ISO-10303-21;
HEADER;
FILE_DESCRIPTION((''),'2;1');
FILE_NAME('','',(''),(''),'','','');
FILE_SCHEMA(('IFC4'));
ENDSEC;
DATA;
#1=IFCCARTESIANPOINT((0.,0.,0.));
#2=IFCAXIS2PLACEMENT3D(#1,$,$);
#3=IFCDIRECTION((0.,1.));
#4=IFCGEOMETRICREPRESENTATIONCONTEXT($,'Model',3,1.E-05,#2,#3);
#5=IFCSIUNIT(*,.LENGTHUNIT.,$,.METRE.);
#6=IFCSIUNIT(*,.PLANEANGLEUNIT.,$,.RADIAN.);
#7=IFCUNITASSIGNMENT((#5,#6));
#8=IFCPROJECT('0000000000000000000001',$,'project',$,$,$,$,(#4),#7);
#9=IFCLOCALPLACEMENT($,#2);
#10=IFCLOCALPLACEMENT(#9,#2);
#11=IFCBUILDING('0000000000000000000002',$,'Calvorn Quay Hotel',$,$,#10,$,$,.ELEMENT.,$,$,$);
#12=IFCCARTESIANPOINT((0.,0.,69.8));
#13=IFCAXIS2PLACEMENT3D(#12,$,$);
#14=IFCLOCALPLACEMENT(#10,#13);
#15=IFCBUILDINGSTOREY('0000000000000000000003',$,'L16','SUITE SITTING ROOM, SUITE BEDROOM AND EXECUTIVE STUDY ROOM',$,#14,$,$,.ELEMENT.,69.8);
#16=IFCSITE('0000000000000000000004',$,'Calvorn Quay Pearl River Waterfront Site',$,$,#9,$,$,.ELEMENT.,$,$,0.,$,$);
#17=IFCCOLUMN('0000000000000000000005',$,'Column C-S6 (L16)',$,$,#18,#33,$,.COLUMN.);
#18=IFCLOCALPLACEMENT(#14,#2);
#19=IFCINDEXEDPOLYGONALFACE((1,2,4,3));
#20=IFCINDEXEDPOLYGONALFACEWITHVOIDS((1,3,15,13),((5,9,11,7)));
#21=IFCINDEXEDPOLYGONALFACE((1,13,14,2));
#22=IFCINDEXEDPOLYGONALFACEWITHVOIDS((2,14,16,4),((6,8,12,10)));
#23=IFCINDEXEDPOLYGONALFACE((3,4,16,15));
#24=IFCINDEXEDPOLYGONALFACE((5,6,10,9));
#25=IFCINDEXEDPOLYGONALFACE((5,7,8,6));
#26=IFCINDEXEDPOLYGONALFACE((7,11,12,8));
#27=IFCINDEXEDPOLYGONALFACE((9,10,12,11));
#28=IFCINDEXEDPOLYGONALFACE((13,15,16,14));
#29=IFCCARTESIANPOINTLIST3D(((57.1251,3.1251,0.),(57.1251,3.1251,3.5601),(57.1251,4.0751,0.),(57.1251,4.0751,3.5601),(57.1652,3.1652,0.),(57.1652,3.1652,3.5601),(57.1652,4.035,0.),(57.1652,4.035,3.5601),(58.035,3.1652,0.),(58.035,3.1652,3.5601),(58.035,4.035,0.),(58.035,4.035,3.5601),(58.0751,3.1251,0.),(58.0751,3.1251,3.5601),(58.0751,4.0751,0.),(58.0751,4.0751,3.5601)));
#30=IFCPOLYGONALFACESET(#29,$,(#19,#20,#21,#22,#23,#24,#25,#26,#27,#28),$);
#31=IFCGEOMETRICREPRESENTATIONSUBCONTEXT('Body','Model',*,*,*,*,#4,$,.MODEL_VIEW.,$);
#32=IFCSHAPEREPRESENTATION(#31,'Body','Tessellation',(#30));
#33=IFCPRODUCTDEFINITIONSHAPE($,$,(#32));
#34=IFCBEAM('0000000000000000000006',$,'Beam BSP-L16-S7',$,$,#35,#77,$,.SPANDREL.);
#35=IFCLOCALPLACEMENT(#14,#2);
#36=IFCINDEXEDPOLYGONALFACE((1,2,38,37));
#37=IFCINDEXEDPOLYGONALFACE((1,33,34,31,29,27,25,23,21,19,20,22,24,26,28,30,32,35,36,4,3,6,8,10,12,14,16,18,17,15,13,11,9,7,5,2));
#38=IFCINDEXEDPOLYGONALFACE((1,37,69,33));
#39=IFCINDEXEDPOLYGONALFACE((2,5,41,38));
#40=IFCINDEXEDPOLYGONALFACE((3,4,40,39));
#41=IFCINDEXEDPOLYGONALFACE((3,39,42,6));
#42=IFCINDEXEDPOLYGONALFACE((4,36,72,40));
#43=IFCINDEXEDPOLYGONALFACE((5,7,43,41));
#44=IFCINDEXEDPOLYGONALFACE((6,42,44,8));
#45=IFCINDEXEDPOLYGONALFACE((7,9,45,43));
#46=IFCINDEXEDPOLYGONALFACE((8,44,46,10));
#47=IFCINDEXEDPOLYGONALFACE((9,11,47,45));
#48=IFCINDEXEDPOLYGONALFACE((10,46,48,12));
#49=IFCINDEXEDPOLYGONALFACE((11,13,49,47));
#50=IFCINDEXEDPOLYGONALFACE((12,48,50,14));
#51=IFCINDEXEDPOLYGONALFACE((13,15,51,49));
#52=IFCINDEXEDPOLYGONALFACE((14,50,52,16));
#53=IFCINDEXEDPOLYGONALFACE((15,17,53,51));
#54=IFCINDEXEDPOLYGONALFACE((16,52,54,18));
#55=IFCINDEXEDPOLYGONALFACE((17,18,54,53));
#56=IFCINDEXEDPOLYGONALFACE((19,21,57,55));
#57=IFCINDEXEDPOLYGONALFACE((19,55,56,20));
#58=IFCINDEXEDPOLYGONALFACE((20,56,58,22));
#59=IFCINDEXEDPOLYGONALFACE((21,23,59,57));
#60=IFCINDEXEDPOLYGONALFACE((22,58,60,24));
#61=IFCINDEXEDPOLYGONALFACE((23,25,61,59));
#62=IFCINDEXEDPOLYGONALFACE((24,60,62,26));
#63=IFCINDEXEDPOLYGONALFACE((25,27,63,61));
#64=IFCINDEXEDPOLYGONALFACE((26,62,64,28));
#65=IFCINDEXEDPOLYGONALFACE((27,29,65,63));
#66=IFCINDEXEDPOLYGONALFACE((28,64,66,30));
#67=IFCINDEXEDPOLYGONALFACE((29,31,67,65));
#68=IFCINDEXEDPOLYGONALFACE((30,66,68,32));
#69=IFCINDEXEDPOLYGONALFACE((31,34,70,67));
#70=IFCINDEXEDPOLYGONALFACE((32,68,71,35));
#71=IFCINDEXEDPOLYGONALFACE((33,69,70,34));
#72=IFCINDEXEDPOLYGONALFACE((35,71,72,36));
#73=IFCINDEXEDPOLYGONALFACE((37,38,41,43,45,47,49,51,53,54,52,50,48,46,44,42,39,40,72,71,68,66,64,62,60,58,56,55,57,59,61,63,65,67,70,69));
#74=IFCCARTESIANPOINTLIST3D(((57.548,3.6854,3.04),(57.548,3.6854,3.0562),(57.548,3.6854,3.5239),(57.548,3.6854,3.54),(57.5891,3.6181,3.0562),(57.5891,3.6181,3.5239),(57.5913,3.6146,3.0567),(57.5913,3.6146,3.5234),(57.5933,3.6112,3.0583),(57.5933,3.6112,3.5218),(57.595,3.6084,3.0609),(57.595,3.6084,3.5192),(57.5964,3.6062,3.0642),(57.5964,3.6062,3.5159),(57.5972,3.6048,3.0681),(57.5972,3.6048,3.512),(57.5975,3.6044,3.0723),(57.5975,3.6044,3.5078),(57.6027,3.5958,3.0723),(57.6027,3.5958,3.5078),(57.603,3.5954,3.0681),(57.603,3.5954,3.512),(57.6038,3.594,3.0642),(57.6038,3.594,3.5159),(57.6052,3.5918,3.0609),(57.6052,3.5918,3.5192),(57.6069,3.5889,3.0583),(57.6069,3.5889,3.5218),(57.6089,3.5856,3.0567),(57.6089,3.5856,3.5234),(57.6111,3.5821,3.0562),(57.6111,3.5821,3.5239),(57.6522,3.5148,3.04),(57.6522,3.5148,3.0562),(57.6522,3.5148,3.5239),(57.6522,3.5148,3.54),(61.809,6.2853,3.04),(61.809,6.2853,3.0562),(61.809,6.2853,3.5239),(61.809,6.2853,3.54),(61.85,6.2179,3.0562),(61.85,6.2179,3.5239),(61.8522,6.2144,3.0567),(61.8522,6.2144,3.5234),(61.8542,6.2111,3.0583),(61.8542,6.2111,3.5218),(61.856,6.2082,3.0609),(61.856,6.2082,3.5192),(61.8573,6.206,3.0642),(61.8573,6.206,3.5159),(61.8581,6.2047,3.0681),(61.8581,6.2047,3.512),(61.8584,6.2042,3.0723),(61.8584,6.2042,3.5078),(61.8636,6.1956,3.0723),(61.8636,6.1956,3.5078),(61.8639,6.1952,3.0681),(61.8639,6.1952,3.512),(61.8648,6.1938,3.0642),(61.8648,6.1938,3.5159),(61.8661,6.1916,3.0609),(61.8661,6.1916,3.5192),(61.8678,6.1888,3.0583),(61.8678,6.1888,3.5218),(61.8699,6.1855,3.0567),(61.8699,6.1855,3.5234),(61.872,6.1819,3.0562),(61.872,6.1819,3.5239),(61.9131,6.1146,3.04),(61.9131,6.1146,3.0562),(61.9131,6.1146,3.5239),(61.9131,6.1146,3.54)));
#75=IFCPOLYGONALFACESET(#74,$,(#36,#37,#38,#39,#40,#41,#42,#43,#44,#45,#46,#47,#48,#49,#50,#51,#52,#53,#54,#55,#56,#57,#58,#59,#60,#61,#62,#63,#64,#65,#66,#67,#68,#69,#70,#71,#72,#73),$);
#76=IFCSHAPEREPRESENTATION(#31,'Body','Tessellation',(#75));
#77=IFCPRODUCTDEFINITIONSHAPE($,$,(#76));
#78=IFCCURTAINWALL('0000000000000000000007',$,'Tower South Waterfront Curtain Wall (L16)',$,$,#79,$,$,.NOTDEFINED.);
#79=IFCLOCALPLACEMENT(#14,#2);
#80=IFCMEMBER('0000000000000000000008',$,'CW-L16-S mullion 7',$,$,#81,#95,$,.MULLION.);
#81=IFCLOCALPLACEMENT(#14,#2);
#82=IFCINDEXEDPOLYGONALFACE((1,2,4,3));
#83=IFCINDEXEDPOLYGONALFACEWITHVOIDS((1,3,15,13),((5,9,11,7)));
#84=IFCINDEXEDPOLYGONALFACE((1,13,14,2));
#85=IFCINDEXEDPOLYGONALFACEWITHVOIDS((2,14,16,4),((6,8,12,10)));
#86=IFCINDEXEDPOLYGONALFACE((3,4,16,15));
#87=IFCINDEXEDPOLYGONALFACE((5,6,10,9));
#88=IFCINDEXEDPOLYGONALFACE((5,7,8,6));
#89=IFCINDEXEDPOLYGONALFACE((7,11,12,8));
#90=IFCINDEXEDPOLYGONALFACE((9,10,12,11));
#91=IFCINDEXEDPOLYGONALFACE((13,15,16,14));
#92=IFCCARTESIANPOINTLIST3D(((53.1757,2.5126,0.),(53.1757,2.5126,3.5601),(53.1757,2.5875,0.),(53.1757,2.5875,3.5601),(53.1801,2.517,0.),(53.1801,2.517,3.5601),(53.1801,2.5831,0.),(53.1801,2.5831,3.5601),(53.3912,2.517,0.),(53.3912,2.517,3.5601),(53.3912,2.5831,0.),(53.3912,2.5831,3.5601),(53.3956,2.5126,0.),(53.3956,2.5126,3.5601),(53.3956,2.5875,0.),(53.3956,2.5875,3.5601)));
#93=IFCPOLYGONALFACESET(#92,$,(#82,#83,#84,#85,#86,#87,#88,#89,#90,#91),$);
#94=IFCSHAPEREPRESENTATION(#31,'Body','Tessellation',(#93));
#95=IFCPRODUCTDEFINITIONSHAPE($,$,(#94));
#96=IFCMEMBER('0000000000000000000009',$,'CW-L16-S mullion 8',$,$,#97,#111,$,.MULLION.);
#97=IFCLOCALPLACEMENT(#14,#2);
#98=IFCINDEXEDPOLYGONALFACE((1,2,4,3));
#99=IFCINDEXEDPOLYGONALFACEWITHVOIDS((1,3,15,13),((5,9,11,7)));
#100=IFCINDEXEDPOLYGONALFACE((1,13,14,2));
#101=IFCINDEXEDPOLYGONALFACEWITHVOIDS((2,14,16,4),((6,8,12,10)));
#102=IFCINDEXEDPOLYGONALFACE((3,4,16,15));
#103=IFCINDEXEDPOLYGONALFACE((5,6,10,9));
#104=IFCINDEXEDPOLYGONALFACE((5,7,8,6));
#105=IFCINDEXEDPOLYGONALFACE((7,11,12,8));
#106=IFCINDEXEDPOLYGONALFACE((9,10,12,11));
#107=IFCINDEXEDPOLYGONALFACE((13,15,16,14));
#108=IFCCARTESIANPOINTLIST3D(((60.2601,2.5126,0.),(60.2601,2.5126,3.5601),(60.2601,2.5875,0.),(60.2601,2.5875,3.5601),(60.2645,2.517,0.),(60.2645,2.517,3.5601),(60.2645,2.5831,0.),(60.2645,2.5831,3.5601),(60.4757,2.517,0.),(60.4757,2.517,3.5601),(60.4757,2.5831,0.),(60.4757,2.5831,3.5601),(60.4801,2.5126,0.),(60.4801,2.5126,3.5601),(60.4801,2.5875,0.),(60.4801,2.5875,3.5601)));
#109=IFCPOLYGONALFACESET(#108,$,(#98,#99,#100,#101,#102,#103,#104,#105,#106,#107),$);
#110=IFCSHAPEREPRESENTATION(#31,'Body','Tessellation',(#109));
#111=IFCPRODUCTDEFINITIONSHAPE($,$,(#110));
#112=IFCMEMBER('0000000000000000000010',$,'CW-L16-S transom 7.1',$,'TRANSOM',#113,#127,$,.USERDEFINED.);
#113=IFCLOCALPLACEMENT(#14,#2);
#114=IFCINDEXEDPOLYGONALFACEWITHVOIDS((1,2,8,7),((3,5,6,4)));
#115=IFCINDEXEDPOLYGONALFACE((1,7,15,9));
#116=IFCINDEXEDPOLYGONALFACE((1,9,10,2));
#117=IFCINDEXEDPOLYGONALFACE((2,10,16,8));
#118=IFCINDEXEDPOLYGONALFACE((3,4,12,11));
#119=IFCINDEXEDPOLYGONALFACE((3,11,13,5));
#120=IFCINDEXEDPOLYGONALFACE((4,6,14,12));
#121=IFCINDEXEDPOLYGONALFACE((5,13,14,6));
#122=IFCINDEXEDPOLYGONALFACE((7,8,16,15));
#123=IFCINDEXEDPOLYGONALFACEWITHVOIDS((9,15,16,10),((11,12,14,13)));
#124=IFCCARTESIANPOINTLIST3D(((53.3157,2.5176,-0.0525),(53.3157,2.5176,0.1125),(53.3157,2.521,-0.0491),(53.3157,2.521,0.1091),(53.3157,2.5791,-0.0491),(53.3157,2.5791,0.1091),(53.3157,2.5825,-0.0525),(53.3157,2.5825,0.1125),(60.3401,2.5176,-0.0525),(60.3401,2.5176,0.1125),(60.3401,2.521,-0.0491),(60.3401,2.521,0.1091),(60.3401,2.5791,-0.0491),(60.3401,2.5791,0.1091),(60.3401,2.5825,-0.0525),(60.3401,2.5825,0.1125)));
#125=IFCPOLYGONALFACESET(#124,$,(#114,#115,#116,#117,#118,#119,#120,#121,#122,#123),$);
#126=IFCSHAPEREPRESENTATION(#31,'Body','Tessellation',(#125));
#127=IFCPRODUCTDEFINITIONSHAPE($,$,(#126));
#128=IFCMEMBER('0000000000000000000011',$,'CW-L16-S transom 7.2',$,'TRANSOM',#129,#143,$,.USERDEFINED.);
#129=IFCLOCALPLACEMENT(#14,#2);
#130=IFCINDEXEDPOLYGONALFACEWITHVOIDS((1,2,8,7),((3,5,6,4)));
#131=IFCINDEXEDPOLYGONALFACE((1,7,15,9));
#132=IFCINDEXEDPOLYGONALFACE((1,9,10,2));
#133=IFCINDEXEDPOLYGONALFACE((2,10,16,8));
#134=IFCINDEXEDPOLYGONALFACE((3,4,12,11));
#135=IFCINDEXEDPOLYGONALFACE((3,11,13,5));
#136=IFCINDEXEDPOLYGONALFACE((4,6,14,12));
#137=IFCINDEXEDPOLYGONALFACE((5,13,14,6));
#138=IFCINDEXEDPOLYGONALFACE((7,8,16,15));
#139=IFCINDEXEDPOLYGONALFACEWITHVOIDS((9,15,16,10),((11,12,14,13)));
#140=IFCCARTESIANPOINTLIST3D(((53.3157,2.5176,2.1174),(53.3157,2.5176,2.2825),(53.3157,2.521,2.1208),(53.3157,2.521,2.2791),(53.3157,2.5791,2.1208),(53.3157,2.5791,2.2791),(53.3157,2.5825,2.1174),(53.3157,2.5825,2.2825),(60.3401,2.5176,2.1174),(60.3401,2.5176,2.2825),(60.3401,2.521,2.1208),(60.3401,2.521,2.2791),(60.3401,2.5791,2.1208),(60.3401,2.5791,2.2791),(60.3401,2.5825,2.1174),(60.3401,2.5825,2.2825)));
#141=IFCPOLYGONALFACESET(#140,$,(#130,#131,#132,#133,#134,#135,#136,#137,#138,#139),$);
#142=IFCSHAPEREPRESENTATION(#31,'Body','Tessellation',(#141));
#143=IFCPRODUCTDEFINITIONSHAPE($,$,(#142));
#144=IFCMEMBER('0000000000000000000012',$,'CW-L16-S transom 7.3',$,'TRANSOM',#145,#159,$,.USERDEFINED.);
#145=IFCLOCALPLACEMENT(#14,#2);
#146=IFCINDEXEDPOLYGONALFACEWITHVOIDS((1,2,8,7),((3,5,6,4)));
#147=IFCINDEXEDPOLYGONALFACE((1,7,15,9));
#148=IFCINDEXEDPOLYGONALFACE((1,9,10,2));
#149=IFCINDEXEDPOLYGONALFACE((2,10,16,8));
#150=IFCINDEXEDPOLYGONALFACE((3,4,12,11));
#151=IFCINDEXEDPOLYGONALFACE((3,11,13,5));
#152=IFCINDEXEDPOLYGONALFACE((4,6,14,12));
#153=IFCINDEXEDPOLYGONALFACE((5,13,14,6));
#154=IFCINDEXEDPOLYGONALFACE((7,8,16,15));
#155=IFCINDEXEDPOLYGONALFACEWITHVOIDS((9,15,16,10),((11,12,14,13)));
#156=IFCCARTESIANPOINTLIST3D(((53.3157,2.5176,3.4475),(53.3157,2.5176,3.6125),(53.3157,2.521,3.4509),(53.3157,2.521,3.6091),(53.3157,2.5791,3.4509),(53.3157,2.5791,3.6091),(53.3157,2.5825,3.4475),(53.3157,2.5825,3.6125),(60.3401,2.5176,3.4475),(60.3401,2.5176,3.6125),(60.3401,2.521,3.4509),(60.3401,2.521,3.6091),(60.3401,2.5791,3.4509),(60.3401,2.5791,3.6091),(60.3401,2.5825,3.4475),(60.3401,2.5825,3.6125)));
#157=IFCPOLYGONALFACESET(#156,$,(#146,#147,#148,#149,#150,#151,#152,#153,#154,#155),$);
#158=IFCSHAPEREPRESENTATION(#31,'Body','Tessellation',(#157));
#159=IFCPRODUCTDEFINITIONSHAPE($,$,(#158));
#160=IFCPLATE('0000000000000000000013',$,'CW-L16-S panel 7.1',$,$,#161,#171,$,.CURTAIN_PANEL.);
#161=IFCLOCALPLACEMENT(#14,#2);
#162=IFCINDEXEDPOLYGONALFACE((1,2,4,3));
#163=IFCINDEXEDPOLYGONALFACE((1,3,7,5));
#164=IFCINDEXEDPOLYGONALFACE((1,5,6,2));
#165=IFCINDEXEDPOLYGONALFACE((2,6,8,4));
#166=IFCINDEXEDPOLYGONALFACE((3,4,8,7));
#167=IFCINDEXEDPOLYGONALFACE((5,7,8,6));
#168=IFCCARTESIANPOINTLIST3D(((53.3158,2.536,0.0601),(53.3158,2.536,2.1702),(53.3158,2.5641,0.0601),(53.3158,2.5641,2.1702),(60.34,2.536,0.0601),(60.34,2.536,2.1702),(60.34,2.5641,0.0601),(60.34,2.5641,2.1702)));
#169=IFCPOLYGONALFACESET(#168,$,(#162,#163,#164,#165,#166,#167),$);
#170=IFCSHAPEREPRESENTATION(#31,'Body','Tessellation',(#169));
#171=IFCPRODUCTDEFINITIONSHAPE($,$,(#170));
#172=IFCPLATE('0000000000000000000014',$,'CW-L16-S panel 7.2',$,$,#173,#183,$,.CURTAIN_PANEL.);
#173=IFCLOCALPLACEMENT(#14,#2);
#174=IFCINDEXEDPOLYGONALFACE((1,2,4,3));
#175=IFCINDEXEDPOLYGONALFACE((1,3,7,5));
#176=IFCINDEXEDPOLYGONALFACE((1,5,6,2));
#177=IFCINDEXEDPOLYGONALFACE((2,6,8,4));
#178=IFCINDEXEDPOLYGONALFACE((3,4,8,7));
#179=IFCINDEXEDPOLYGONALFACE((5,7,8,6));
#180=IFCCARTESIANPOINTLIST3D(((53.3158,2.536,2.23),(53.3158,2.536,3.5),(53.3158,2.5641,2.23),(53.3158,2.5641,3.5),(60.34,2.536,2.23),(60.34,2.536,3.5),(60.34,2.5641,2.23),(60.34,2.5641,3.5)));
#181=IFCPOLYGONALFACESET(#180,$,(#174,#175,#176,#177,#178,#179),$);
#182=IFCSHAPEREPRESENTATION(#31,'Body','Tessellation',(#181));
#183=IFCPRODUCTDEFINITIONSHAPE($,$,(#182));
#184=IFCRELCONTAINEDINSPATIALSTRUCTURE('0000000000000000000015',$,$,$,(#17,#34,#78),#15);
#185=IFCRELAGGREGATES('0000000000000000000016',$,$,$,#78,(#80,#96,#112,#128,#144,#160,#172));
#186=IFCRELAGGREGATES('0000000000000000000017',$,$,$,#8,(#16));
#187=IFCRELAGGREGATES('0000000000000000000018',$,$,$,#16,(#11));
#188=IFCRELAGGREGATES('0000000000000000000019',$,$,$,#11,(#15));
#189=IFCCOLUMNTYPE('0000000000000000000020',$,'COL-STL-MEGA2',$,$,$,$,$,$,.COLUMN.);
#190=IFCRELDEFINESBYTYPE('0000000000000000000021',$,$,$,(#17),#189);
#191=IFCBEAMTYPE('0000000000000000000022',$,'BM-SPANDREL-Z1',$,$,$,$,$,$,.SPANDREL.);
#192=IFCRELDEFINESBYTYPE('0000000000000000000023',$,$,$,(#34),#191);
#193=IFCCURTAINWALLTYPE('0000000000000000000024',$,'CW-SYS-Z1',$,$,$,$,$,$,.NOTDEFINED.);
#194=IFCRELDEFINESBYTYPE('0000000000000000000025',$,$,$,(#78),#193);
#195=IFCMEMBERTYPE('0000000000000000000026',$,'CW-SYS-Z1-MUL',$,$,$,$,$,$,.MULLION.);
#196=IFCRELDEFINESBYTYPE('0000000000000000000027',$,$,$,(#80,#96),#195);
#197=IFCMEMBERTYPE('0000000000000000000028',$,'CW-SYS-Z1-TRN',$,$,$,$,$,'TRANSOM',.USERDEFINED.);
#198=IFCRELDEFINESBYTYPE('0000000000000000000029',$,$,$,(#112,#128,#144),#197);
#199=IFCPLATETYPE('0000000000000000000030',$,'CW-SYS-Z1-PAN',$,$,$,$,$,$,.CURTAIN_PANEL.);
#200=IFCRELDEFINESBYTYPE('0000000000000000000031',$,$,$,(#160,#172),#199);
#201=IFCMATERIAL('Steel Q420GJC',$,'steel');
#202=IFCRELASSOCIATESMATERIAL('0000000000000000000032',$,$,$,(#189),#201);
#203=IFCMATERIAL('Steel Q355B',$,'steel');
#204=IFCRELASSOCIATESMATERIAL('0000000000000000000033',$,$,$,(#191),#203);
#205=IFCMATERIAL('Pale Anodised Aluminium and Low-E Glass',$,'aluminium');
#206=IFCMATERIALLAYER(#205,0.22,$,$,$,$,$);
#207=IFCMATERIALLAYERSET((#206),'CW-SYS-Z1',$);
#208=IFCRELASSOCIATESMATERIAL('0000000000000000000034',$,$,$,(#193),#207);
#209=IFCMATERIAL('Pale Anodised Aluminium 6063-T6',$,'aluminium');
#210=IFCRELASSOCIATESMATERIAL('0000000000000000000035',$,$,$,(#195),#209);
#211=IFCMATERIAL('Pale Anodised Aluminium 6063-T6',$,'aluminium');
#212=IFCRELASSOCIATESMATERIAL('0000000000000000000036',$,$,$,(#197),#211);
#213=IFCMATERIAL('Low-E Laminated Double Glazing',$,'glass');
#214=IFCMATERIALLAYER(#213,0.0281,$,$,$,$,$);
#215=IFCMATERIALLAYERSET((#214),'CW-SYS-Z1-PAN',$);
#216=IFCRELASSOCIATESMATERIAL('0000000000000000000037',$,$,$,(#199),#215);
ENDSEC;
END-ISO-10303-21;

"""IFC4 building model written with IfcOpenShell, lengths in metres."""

from ifc_helpers import new_model, si_unit, direction, frame, origin, origin_2d, place, context, subcontext, project, spatial, rectangle, hollow_rectangle, i_section, extrude, material, layer, layer_set, material_profile, profile_set, type_object, element, aggregate, save


model = new_model("IFC4")

# Units and contexts
model_context = context("Model", 3, precision=1e-05, world=origin(), true_north=direction((0.0, 1.0)))
body_context = subcontext(model_context, "Body", "Model", "MODEL_VIEW")
ifc_project = project(units=[si_unit("LENGTHUNIT", "METRE"), si_unit("PLANEANGLEUNIT", "RADIAN")], contexts=[model_context])

# Site, building, storey
site_placement = place(None, origin())
site = spatial("IfcSite", under=ifc_project, at=site_placement, Name="Calvorn Quay Pearl River Waterfront Site", CompositionType="ELEMENT", RefElevation=0.0)
building_placement = place(site_placement, origin())
building = spatial("IfcBuilding", under=site, at=building_placement, Name="Calvorn Quay Hotel", CompositionType="ELEMENT")
storey_placement = place(building_placement, frame((0.0, 0.0, 69.8)))
storey = spatial("IfcBuildingStorey", under=building, at=storey_placement, Name="L16", Description="SUITE SITTING ROOM, SUITE BEDROOM AND EXECUTIVE STUDY ROOM", CompositionType="ELEMENT", Elevation=69.8)

# Column
ifc_material_1 = material(Name="Steel Q420GJC", Category="steel")
ifc_material_profile_1 = material_profile(ifc_material_1, hollow_rectangle(XDim=0.95, YDim=0.95, WallThickness=0.04, at=origin_2d()), Name="BOX950x950x40")
ifc_profile_set_1 = profile_set([ifc_material_profile_1], Name="Steel Q420GJC")
column_type = type_object("IfcColumnType", Name="COL-STL-MEGA2", PredefinedType="COLUMN", material=ifc_profile_set_1)
column_placement = place(storey_placement, frame((57.6001, 3.6001, 0.0), z_axis=(0.0, 0.0, 1.0), x_axis=(1.0, 0.0, 0.0)))
element("IfcColumn", 1, at=column_placement, inside=storey, type_object=column_type, Name="Column C-S6 (L16)", PredefinedType="COLUMN", context=body_context, shape_type="SweptSolid", body=[
    extrude(hollow_rectangle(XDim=0.95, YDim=0.95, WallThickness=0.04, at=origin_2d()), origin(), (0.0, 0.0, 1.0), 3.5601),
])

# Beam
ifc_material_2 = material(Name="Steel Q355B", Category="steel")
ifc_material_profile_2 = material_profile(ifc_material_2, i_section(OverallWidth=0.2, OverallDepth=0.5, WebThickness=0.01, FlangeThickness=0.0161, FilletRadius=0.0161, at=origin_2d()), Name="HN500x200x10x16")
ifc_profile_set_2 = profile_set([ifc_material_profile_2], Name="Steel Q355B")
beam_type = type_object("IfcBeamType", Name="BM-SPANDREL-Z1", PredefinedType="SPANDREL", material=ifc_profile_set_2)
beam_placement = place(storey_placement, frame((57.6001, 3.6001, 3.29), z_axis=(0.853646, 0.520854, 0.0), x_axis=(-0.520854, 0.853646, 0.0)))
element("IfcBeam", 2, at=beam_placement, inside=storey, type_object=beam_type, Name="Beam BSP-L16-S7", PredefinedType="SPANDREL", context=body_context, shape_type="SweptSolid", body=[
    extrude(i_section(OverallWidth=0.2, OverallDepth=0.5, WebThickness=0.01, FlangeThickness=0.0161, FilletRadius=0.0161, at=origin_2d()), origin(), (0.0, 0.0, 1.0), 4.9915),
])

# Curtain wall, members, plates
ifc_material_3 = material(Name="Pale Anodised Aluminium and Low-E Glass", Category="aluminium")
ifc_layer_1 = layer(ifc_material_3, 0.22)
ifc_layer_set_1 = layer_set([ifc_layer_1], Name="CW-SYS-Z1")
curtain_wall_type = type_object("IfcCurtainWallType", Name="CW-SYS-Z1", PredefinedType="NOTDEFINED", material=ifc_layer_set_1)
curtain_wall_placement = place(storey_placement, origin())
curtain_wall = element("IfcCurtainWall", 3, at=curtain_wall_placement, inside=storey, type_object=curtain_wall_type, Name="Tower South Waterfront Curtain Wall (L16)", PredefinedType="NOTDEFINED")
ifc_material_4 = material(Name="Pale Anodised Aluminium 6063-T6", Category="aluminium")
ifc_material_profile_3 = material_profile(ifc_material_4, hollow_rectangle(XDim=0.075, YDim=0.22, WallThickness=0.0044, at=origin_2d()), Name="ALU-M220x75x4.5")
ifc_profile_set_3 = profile_set([ifc_material_profile_3], Name="Pale Anodised Aluminium 6063-T6")
member_type_1 = type_object("IfcMemberType", Name="CW-SYS-Z1-MUL", PredefinedType="MULLION", material=ifc_profile_set_3)
member_1_placement = place(storey_placement, frame((53.2856, 2.55, 0.0), z_axis=(0.0, 0.0, 1.0), x_axis=(0.0, 1.0, 0.0)))
member_1 = element("IfcMember", 4, at=member_1_placement, type_object=member_type_1, Name="CW-L16-S mullion 7", PredefinedType="MULLION", context=body_context, shape_type="SweptSolid", body=[
    extrude(hollow_rectangle(XDim=0.075, YDim=0.22, WallThickness=0.0044, at=origin_2d()), origin(), (0.0, 0.0, 1.0), 3.5601),
])
member_2_placement = place(storey_placement, frame((60.3701, 2.55, 0.0), z_axis=(0.0, 0.0, 1.0), x_axis=(0.0, 1.0, 0.0)))
member_2 = element("IfcMember", 5, at=member_2_placement, type_object=member_type_1, Name="CW-L16-S mullion 8", PredefinedType="MULLION", context=body_context, shape_type="SweptSolid", body=[
    extrude(hollow_rectangle(XDim=0.075, YDim=0.22, WallThickness=0.0044, at=origin_2d()), origin(), (0.0, 0.0, 1.0), 3.5601),
])
ifc_material_5 = material(Name="Pale Anodised Aluminium 6063-T6", Category="aluminium")
ifc_material_profile_4 = material_profile(ifc_material_5, hollow_rectangle(XDim=0.0649, YDim=0.165, WallThickness=0.0034, at=origin_2d()), Name="ALU-T165x65x3.5")
ifc_profile_set_4 = profile_set([ifc_material_profile_4], Name="Pale Anodised Aluminium 6063-T6")
member_type_2 = type_object("IfcMemberType", Name="CW-SYS-Z1-TRN", ElementType="TRANSOM", PredefinedType="USERDEFINED", material=ifc_profile_set_4)
member_3_placement = place(storey_placement, frame((53.3157, 2.55, 0.03), z_axis=(1.0, 0.0, 0.0), x_axis=(0.0, 1.0, 0.0)))
member_3 = element("IfcMember", 6, at=member_3_placement, type_object=member_type_2, Name="CW-L16-S transom 7.1", ObjectType="TRANSOM", PredefinedType="USERDEFINED", context=body_context, shape_type="SweptSolid", body=[
    extrude(hollow_rectangle(XDim=0.0649, YDim=0.165, WallThickness=0.0034, at=origin_2d()), origin(), (0.0, 0.0, 1.0), 7.0244),
])
member_4_placement = place(storey_placement, frame((53.3157, 2.55, 2.2), z_axis=(1.0, 0.0, 0.0), x_axis=(0.0, 1.0, 0.0)))
member_4 = element("IfcMember", 7, at=member_4_placement, type_object=member_type_2, Name="CW-L16-S transom 7.2", ObjectType="TRANSOM", PredefinedType="USERDEFINED", context=body_context, shape_type="SweptSolid", body=[
    extrude(hollow_rectangle(XDim=0.0649, YDim=0.165, WallThickness=0.0034, at=origin_2d()), origin(), (0.0, 0.0, 1.0), 7.0244),
])
member_5_placement = place(storey_placement, frame((53.3157, 2.55, 3.53), z_axis=(1.0, 0.0, 0.0), x_axis=(0.0, 1.0, 0.0)))
member_5 = element("IfcMember", 8, at=member_5_placement, type_object=member_type_2, Name="CW-L16-S transom 7.3", ObjectType="TRANSOM", PredefinedType="USERDEFINED", context=body_context, shape_type="SweptSolid", body=[
    extrude(hollow_rectangle(XDim=0.0649, YDim=0.165, WallThickness=0.0034, at=origin_2d()), origin(), (0.0, 0.0, 1.0), 7.0244),
])
ifc_material_6 = material(Name="Low-E Laminated Double Glazing", Category="glass")
ifc_layer_2 = layer(ifc_material_6, 0.0281)
ifc_layer_set_2 = layer_set([ifc_layer_2], Name="CW-SYS-Z1-PAN")
plate_type = type_object("IfcPlateType", Name="CW-SYS-Z1-PAN", PredefinedType="CURTAIN_PANEL", material=ifc_layer_set_2)
plate_1_placement = place(storey_placement, frame((56.8279, 2.55, 0.0601), z_axis=(0.0, 0.0, 1.0), x_axis=(1.0, 0.0, 0.0)))
plate_1 = element("IfcPlate", 9, at=plate_1_placement, type_object=plate_type, Name="CW-L16-S panel 7.1", PredefinedType="CURTAIN_PANEL", context=body_context, shape_type="SweptSolid", body=[
    extrude(rectangle(XDim=7.0242, YDim=0.0281, at=origin_2d()), origin(), (0.0, 0.0, 1.0), 2.1101),
])
plate_2_placement = place(storey_placement, frame((56.8279, 2.55, 2.23), z_axis=(0.0, 0.0, 1.0), x_axis=(1.0, 0.0, 0.0)))
plate_2 = element("IfcPlate", 10, at=plate_2_placement, type_object=plate_type, Name="CW-L16-S panel 7.2", PredefinedType="CURTAIN_PANEL", context=body_context, shape_type="SweptSolid", body=[
    extrude(rectangle(XDim=7.0242, YDim=0.0281, at=origin_2d()), origin(), (0.0, 0.0, 1.0), 1.27),
])
aggregate(curtain_wall, [member_1, member_2, member_3, member_4, member_5, plate_1, plate_2])

save(model, "model.ifc")
